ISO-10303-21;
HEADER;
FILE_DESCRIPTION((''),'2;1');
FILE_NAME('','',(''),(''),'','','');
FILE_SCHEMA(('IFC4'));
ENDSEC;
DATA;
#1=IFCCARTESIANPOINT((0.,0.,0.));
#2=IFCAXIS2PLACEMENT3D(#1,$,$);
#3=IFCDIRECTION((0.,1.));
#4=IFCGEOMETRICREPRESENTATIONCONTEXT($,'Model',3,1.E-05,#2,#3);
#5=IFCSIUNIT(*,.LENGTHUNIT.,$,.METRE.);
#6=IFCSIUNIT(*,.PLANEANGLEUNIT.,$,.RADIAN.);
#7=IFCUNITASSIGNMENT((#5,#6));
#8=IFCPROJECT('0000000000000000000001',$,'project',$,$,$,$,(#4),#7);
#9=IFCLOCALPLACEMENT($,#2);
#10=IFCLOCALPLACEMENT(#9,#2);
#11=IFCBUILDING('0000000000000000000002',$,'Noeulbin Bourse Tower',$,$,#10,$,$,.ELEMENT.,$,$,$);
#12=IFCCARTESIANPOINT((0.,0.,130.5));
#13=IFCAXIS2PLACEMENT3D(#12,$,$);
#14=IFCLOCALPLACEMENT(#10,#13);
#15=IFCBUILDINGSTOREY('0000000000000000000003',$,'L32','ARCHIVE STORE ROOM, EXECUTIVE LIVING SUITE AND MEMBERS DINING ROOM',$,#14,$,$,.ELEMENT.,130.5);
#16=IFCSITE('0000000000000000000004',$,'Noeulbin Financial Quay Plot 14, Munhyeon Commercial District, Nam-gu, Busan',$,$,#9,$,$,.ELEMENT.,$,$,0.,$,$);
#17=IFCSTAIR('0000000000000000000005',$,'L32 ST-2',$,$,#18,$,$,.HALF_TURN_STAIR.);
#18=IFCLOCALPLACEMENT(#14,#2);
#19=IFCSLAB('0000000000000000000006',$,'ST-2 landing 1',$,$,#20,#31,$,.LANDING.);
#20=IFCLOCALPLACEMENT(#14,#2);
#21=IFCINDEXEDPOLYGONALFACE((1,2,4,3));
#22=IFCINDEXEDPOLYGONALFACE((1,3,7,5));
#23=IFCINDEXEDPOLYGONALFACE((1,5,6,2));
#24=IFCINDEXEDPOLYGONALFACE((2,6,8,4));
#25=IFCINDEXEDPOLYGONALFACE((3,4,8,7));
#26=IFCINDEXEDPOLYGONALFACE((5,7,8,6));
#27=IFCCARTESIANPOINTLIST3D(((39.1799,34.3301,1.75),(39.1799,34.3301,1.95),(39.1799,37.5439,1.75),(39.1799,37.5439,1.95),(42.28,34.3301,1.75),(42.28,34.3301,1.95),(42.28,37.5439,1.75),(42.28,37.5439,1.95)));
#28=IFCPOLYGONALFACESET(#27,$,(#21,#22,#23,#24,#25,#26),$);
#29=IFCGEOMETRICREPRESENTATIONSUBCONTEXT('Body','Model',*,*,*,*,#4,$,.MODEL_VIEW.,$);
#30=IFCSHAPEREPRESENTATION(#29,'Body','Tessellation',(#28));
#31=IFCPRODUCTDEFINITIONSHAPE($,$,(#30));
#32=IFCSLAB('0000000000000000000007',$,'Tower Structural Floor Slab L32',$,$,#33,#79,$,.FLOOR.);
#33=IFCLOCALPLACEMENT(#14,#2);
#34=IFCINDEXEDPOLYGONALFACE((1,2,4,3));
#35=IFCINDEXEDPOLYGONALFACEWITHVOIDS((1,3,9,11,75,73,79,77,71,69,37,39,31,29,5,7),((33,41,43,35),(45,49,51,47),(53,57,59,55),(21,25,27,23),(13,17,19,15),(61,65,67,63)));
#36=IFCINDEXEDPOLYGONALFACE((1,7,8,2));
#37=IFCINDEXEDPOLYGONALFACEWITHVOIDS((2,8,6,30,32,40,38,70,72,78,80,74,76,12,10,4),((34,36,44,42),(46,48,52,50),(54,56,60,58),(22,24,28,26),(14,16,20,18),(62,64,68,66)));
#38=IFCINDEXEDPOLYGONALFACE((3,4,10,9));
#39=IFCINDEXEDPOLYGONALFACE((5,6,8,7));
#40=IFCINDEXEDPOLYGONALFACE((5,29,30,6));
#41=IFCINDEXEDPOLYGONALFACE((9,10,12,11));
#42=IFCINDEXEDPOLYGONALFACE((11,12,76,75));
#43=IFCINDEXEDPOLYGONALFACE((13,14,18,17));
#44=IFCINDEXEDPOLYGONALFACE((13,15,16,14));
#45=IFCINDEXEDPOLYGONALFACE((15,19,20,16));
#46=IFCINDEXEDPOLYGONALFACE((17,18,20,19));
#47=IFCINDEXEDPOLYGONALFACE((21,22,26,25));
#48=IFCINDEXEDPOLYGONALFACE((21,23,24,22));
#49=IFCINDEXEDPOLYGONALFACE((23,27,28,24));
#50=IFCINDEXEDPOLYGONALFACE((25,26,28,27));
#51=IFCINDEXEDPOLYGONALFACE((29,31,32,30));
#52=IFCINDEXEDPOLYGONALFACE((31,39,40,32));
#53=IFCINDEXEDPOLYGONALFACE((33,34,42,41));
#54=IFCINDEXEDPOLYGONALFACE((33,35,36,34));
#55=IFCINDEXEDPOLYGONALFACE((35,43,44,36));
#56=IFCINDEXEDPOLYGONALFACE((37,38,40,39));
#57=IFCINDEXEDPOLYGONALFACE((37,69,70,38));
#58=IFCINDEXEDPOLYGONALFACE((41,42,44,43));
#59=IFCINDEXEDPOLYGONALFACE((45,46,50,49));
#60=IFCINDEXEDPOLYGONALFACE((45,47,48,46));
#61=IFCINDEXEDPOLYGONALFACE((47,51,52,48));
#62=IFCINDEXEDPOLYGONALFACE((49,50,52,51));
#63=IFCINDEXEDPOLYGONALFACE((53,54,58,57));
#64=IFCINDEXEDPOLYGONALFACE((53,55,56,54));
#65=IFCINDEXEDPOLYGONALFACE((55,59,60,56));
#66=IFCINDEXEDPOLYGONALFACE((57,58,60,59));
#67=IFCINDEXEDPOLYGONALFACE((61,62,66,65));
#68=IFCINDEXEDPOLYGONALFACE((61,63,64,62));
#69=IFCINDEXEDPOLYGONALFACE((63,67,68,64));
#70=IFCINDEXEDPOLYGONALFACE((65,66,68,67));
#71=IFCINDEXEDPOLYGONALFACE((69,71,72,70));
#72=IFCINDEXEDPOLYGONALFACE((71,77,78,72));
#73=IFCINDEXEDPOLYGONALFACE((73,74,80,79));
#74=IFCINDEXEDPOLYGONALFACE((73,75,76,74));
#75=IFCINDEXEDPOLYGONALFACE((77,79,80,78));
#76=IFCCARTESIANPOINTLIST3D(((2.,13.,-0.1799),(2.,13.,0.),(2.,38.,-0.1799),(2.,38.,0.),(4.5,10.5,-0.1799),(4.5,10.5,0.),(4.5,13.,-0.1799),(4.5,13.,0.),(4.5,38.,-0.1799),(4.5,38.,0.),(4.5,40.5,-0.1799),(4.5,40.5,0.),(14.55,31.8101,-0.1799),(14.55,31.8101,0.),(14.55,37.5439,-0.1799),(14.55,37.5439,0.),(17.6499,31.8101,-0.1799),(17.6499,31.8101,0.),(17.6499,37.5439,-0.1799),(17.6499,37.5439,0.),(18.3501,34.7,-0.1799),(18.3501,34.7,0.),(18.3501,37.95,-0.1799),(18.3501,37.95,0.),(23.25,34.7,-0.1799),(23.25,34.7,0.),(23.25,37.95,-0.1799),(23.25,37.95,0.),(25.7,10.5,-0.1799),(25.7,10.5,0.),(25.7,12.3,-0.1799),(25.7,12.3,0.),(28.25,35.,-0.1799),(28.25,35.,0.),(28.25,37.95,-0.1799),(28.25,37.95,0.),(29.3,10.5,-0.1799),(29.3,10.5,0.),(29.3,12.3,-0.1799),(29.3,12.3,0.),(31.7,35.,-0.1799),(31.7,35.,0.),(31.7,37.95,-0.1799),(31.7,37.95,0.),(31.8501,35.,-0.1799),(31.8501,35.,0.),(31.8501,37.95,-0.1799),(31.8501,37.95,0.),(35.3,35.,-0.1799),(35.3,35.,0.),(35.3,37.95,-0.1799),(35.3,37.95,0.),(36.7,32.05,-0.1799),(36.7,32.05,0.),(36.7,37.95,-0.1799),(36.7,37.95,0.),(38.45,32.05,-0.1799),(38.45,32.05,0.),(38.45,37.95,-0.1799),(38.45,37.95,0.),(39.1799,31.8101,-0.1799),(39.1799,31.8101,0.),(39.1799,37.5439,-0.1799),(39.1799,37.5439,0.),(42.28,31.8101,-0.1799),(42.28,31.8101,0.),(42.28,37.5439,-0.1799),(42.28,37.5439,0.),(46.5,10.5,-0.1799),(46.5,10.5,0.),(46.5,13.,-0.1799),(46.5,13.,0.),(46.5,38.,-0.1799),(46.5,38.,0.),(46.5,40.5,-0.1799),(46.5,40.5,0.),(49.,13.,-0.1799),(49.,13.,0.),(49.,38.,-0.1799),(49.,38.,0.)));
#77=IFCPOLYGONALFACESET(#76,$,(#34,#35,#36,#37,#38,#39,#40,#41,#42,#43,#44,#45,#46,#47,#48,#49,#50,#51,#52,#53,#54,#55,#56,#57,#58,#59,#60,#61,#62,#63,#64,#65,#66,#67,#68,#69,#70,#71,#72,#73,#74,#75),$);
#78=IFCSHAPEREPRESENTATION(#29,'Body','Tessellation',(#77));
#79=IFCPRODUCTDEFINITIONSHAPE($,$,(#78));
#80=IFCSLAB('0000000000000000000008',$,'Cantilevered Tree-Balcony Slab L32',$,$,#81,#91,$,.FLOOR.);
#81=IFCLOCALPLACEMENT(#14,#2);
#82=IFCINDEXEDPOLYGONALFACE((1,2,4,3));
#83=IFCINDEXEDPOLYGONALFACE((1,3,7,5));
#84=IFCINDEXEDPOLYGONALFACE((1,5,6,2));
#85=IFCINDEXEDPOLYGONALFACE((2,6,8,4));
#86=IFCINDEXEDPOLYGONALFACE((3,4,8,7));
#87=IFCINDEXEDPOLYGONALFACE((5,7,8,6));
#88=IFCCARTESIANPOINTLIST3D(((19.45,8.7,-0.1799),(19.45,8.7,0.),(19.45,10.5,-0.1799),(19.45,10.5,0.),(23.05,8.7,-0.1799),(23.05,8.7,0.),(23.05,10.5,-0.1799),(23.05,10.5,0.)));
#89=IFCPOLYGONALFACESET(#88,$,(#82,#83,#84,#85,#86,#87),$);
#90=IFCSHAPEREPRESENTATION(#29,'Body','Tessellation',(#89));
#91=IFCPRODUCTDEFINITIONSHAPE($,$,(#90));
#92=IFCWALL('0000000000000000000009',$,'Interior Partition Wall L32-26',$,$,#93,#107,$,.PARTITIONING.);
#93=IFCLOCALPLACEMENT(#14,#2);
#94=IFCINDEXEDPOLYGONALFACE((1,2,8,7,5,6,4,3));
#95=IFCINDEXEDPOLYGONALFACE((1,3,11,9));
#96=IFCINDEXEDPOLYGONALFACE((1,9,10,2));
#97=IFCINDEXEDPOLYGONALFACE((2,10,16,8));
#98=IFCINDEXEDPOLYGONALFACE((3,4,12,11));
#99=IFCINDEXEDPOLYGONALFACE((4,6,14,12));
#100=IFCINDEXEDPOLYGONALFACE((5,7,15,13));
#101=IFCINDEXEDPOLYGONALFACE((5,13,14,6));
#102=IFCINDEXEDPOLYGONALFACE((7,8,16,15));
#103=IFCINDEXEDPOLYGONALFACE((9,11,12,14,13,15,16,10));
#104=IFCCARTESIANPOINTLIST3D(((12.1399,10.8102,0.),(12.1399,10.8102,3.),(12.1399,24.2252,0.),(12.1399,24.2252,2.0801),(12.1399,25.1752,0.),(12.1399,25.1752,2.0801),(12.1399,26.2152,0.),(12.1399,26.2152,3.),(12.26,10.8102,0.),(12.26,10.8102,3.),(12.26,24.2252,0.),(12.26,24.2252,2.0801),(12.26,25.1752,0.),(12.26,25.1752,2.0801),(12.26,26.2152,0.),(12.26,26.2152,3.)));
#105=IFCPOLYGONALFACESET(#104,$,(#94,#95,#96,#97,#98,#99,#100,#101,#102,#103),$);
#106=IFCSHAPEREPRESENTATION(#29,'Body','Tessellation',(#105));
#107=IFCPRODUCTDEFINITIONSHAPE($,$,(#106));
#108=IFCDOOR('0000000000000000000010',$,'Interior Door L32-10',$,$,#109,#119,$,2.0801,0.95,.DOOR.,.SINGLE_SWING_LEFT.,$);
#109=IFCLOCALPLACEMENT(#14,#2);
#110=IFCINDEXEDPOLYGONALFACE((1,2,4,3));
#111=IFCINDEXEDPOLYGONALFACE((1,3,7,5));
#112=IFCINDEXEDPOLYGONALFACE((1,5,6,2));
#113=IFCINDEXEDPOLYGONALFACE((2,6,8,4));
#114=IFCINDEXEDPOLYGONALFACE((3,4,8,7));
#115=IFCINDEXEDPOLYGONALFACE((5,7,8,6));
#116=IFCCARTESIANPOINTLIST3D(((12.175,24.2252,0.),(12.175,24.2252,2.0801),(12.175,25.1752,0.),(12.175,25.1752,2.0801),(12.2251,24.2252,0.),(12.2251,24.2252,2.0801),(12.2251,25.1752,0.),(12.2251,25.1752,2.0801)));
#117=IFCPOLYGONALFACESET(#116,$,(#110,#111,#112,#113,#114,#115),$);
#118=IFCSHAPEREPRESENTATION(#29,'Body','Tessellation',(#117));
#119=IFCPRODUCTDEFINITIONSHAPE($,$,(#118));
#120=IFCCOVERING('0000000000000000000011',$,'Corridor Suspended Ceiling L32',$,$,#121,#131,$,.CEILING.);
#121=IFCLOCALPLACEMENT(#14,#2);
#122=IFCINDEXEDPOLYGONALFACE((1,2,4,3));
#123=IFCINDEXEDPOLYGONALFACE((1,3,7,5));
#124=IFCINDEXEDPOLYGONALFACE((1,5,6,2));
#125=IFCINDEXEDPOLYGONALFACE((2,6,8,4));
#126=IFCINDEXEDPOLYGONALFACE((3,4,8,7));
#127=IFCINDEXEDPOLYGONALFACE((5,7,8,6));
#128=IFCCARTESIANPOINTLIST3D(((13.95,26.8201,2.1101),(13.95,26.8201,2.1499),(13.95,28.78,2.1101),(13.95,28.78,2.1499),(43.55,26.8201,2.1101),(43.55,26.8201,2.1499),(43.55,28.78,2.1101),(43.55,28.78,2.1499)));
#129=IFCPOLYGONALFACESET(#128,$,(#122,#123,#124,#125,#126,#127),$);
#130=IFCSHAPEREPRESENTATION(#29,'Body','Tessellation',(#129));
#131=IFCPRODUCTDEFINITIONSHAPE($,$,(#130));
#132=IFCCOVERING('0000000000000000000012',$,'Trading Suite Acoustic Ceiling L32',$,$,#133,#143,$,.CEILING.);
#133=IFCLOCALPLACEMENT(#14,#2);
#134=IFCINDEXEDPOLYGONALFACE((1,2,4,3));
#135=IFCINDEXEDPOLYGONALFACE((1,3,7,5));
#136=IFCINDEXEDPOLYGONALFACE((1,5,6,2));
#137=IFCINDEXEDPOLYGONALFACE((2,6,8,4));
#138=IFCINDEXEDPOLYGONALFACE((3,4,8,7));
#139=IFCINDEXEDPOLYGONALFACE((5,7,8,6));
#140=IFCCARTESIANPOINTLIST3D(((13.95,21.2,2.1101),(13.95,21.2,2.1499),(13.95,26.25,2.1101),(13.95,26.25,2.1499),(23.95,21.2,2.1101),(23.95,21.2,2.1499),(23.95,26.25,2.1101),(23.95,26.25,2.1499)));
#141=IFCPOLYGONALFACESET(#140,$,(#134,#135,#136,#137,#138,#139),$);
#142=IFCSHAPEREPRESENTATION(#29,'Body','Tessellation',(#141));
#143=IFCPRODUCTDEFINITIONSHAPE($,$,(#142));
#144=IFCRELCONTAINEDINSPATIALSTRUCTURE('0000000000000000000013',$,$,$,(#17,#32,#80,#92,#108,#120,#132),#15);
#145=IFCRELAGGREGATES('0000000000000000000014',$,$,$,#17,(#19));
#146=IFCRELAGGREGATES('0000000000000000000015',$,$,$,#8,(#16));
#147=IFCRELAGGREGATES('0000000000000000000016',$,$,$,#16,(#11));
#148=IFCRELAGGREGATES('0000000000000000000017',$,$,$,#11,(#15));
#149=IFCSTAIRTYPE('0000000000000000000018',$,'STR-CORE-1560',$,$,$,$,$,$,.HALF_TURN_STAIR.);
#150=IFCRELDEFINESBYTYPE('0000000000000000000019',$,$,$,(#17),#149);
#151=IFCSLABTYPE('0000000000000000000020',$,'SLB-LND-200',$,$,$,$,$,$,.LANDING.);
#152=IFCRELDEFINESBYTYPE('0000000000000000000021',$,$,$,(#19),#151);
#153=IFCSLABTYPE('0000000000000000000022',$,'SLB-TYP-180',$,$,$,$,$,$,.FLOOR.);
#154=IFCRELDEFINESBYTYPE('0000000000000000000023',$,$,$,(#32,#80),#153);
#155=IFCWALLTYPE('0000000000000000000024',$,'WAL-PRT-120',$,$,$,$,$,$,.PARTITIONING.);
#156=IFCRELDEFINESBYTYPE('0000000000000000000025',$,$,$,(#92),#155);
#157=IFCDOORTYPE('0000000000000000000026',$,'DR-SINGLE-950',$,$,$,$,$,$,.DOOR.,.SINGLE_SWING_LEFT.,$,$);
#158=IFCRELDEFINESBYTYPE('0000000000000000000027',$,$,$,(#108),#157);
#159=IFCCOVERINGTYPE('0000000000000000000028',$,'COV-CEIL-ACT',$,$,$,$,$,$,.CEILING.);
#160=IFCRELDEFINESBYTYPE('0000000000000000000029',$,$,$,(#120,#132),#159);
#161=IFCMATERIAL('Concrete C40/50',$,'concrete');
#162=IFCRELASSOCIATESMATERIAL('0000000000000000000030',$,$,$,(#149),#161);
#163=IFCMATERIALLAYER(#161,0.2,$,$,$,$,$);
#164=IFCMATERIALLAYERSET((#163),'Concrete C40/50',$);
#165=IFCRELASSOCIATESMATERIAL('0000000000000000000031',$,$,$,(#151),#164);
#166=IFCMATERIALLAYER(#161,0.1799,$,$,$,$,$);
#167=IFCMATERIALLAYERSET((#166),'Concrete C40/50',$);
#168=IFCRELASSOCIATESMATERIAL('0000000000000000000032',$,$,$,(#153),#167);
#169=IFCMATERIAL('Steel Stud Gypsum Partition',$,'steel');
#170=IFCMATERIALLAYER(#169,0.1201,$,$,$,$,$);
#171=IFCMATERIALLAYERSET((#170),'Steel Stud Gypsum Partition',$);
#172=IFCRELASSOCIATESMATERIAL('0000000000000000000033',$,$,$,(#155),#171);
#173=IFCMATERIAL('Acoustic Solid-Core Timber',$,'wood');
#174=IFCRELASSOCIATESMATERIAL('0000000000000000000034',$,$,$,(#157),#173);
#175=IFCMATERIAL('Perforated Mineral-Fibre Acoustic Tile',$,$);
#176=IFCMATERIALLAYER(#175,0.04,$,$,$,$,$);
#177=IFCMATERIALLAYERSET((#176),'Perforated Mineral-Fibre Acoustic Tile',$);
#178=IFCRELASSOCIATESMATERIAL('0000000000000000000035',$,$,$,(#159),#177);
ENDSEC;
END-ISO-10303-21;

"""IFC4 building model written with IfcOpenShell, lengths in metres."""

from ifc_helpers import new_model, si_unit, direction, frame, frame_2d, origin, place, context, subcontext, project, spatial, polyline, rectangle, outline, extrude, material, layer, layer_set, type_object, element, fill, aggregate, save


model = new_model("IFC4")

# Units and contexts
model_context = context("Model", 3, precision=1e-05, world=origin(), true_north=direction((0.0, 1.0)))
body_context = subcontext(model_context, "Body", "Model", "MODEL_VIEW")
ifc_project = project(units=[si_unit("LENGTHUNIT", "METRE"), si_unit("PLANEANGLEUNIT", "RADIAN")], contexts=[model_context])

# Site, building, storey
site_placement = place(None, origin())
site = spatial("IfcSite", under=ifc_project, at=site_placement, Name="Noeulbin Financial Quay Plot 14, Munhyeon Commercial District, Nam-gu, Busan", CompositionType="ELEMENT", RefElevation=0.0)
building_placement = place(site_placement, origin())
building = spatial("IfcBuilding", under=site, at=building_placement, Name="Noeulbin Bourse Tower", CompositionType="ELEMENT")
storey_placement = place(building_placement, frame((0.0, 0.0, 130.5)))
storey = spatial("IfcBuildingStorey", under=building, at=storey_placement, Name="L32", Description="ARCHIVE STORE ROOM, EXECUTIVE LIVING SUITE AND MEMBERS DINING ROOM", CompositionType="ELEMENT", Elevation=130.5)

# Stair, slab
ifc_material_1 = material(Name="Concrete C40/50", Category="concrete")
stair_type = type_object("IfcStairType", Name="STR-CORE-1560", PredefinedType="HALF_TURN_STAIR", material=ifc_material_1)
ifc_layer_1 = layer(ifc_material_1, 0.2)
ifc_layer_set_1 = layer_set([ifc_layer_1], Name="Concrete C40/50")
slab_type_1 = type_object("IfcSlabType", Name="SLB-LND-200", PredefinedType="LANDING", material=ifc_layer_set_1)
stair_1_placement = place(storey_placement, origin())
stair_1 = element("IfcStair", 1, at=stair_1_placement, inside=storey, type_object=stair_type, Name="L32 ST-2", PredefinedType="HALF_TURN_STAIR")
slab_1_placement = place(storey_placement, frame((0.0, 0.0, 1.75)))
slab_1 = element("IfcSlab", 2, at=slab_1_placement, type_object=slab_type_1, Name="ST-2 landing 1", PredefinedType="LANDING", context=body_context, shape_type="SweptSolid", body=[
    extrude(outline(polyline([(42.28, 34.3301), (42.28, 37.5439), (39.1799, 37.5439), (39.1799, 34.3301), (42.28, 34.3301)])), origin(), (0.0, 0.0, 1.0), 0.2),
])
aggregate(stair_1, [slab_1])

# Slab, openings
ifc_layer_2 = layer(ifc_material_1, 0.1799)
ifc_layer_set_2 = layer_set([ifc_layer_2], Name="Concrete C40/50")
slab_type_2 = type_object("IfcSlabType", Name="SLB-TYP-180", PredefinedType="FLOOR", material=ifc_layer_set_2)
slab_2_placement = place(storey_placement, frame((0.0, 0.0, -0.1799)))
slab_2 = element("IfcSlab", 3, at=slab_2_placement, inside=storey, type_object=slab_type_2, Name="Tower Structural Floor Slab L32", PredefinedType="FLOOR", context=body_context, shape_type="SweptSolid", body=[
    extrude(outline(polyline([(4.5, 10.5), (25.7, 10.5), (25.7, 12.3), (29.3, 12.3), (29.3, 10.5), (46.5, 10.5), (46.5, 13.0), (49.0, 13.0), (49.0, 38.0), (46.5, 38.0), (46.5, 40.5), (4.5, 40.5), (4.5, 38.0), (2.0, 38.0), (2.0, 13.0), (4.5, 13.0), (4.5, 10.5)]), holes=[polyline([(17.6499, 31.8101), (17.6499, 37.5439), (14.55, 37.5439), (14.55, 31.8101), (17.6499, 31.8101)]), polyline([(42.28, 31.8101), (42.28, 37.5439), (39.1799, 37.5439), (39.1799, 31.8101), (42.28, 31.8101)]), polyline([(18.3501, 34.7), (23.25, 34.7), (23.25, 37.95), (18.3501, 37.95), (18.3501, 34.7)]), polyline([(36.7, 32.05), (38.45, 32.05), (38.45, 37.95), (36.7, 37.95), (36.7, 32.05)]), polyline([(28.25, 35.0), (31.7, 35.0), (31.7, 37.95), (28.25, 37.95), (28.25, 35.0)]), polyline([(31.8501, 35.0), (35.3, 35.0), (35.3, 37.95), (31.8501, 37.95), (31.8501, 35.0)])]), origin(), (0.0, 0.0, 1.0), 0.1799),
])
opening_1_placement = place(slab_2_placement, frame((0.0, 0.0, -0.01)))
element("IfcOpeningElement", 4, at=opening_1_placement, cuts=slab_2, PredefinedType="OPENING", context=body_context, shape_type="SweptSolid", body=[
    extrude(outline(polyline([(17.6499, 31.8101), (17.6499, 37.5439), (14.55, 37.5439), (14.55, 31.8101), (17.6499, 31.8101)])), origin(), (0.0, 0.0, 1.0), 0.2),
])
opening_2_placement = place(slab_2_placement, frame((0.0, 0.0, -0.01)))
element("IfcOpeningElement", 5, at=opening_2_placement, cuts=slab_2, PredefinedType="OPENING", context=body_context, shape_type="SweptSolid", body=[
    extrude(outline(polyline([(42.28, 31.8101), (42.28, 37.5439), (39.1799, 37.5439), (39.1799, 31.8101), (42.28, 31.8101)])), origin(), (0.0, 0.0, 1.0), 0.2),
])
opening_3_placement = place(slab_2_placement, frame((0.0, 0.0, -0.01)))
element("IfcOpeningElement", 6, at=opening_3_placement, cuts=slab_2, PredefinedType="OPENING", context=body_context, shape_type="SweptSolid", body=[
    extrude(outline(polyline([(18.3501, 34.7), (23.25, 34.7), (23.25, 37.95), (18.3501, 37.95), (18.3501, 34.7)])), origin(), (0.0, 0.0, 1.0), 0.2),
])
opening_4_placement = place(slab_2_placement, frame((0.0, 0.0, -0.01)))
element("IfcOpeningElement", 7, at=opening_4_placement, cuts=slab_2, PredefinedType="OPENING", context=body_context, shape_type="SweptSolid", body=[
    extrude(outline(polyline([(36.7, 32.05), (38.45, 32.05), (38.45, 37.95), (36.7, 37.95), (36.7, 32.05)])), origin(), (0.0, 0.0, 1.0), 0.2),
])
opening_5_placement = place(slab_2_placement, frame((0.0, 0.0, -0.01)))
element("IfcOpeningElement", 8, at=opening_5_placement, cuts=slab_2, PredefinedType="OPENING", context=body_context, shape_type="SweptSolid", body=[
    extrude(outline(polyline([(28.25, 35.0), (31.7, 35.0), (31.7, 37.95), (28.25, 37.95), (28.25, 35.0)])), origin(), (0.0, 0.0, 1.0), 0.2),
])
opening_6_placement = place(slab_2_placement, frame((0.0, 0.0, -0.01)))
element("IfcOpeningElement", 9, at=opening_6_placement, cuts=slab_2, PredefinedType="OPENING", context=body_context, shape_type="SweptSolid", body=[
    extrude(outline(polyline([(31.8501, 35.0), (35.3, 35.0), (35.3, 37.95), (31.8501, 37.95), (31.8501, 35.0)])), origin(), (0.0, 0.0, 1.0), 0.2),
])

# Slab
slab_3_placement = place(storey_placement, frame((0.0, 0.0, -0.1799)))
element("IfcSlab", 10, at=slab_3_placement, inside=storey, type_object=slab_type_2, Name="Cantilevered Tree-Balcony Slab L32", PredefinedType="FLOOR", context=body_context, shape_type="SweptSolid", body=[
    extrude(outline(polyline([(19.45, 8.7), (23.05, 8.7), (23.05, 10.5), (19.45, 10.5), (19.45, 8.7)])), origin(), (0.0, 0.0, 1.0), 0.1799),
])

# Wall, opening, door
ifc_material_2 = material(Name="Steel Stud Gypsum Partition", Category="steel")
ifc_layer_3 = layer(ifc_material_2, 0.1201)
ifc_layer_set_3 = layer_set([ifc_layer_3], Name="Steel Stud Gypsum Partition")
wall_type = type_object("IfcWallType", Name="WAL-PRT-120", PredefinedType="PARTITIONING", material=ifc_layer_set_3)
wall_placement = place(storey_placement, frame((12.2, 10.8101, 0.0), z_axis=(0.0, 0.0, 1.0), x_axis=(0.0, 1.0, 0.0)))
wall = element("IfcWall", 11, at=wall_placement, inside=storey, type_object=wall_type, Name="Interior Partition Wall L32-26", PredefinedType="PARTITIONING", context=body_context, shape_type="SweptSolid", body=[
    extrude(rectangle(XDim=15.405, YDim=0.1201, at=frame_2d((7.7026, 0.0))), origin(), (0.0, 0.0, 1.0), 3.0),
])
opening_7_placement = place(wall_placement, frame((13.415, 0.0, 0.0)))
opening_7 = element("IfcOpeningElement", 12, at=opening_7_placement, cuts=wall, PredefinedType="OPENING", context=body_context, shape_type="SweptSolid", body=[
    extrude(rectangle(XDim=0.95, YDim=2.0801, at=frame_2d((0.4751, 1.04))), frame((0.0, 0.0701, 0.0), z_axis=(0.0, -1.0, 0.0), x_axis=(1.0, 0.0, 0.0)), (0.0, 0.0, 1.0), 0.1401),
])
ifc_material_3 = material(Name="Acoustic Solid-Core Timber", Category="wood")
door_type = type_object("IfcDoorType", Name="DR-SINGLE-950", OperationType="SINGLE_SWING_LEFT", PredefinedType="DOOR", material=ifc_material_3)
door_placement = place(opening_7_placement, origin())
door = element("IfcDoor", 13, at=door_placement, inside=storey, type_object=door_type, Name="Interior Door L32-10", OperationType="SINGLE_SWING_LEFT", OverallHeight=2.0801, OverallWidth=0.95, PredefinedType="DOOR", context=body_context, shape_type="SweptSolid", body=[
    extrude(rectangle(XDim=0.95, YDim=2.0801, at=frame_2d((0.4751, 1.04))), frame((0.0, 0.0249, 0.0), z_axis=(0.0, -1.0, 0.0), x_axis=(1.0, 0.0, 0.0)), (0.0, 0.0, 1.0), 0.05),
])
fill(opening_7, door)

# Coverings
ifc_material_4 = material(Name="Perforated Mineral-Fibre Acoustic Tile")
ifc_layer_4 = layer(ifc_material_4, 0.04)
ifc_layer_set_4 = layer_set([ifc_layer_4], Name="Perforated Mineral-Fibre Acoustic Tile")
covering_type = type_object("IfcCoveringType", Name="COV-CEIL-ACT", PredefinedType="CEILING", material=ifc_layer_set_4)
covering_1_placement = place(storey_placement, frame((0.0, 0.0, 2.1101)))
element("IfcCovering", 14, at=covering_1_placement, inside=storey, type_object=covering_type, Name="Corridor Suspended Ceiling L32", PredefinedType="CEILING", context=body_context, shape_type="SweptSolid", body=[
    extrude(outline(polyline([(13.95, 26.8201), (43.55, 26.8201), (43.55, 28.78), (13.95, 28.78), (13.95, 26.8201)])), origin(), (0.0, 0.0, 1.0), 0.0398),
])
covering_2_placement = place(storey_placement, frame((0.0, 0.0, 2.1101)))
element("IfcCovering", 15, at=covering_2_placement, inside=storey, type_object=covering_type, Name="Trading Suite Acoustic Ceiling L32", PredefinedType="CEILING", context=body_context, shape_type="SweptSolid", body=[
    extrude(outline(polyline([(13.95, 21.2), (23.95, 21.2), (23.95, 26.25), (13.95, 26.25), (13.95, 21.2)])), origin(), (0.0, 0.0, 1.0), 0.0398),
])

save(model, "model.ifc")
